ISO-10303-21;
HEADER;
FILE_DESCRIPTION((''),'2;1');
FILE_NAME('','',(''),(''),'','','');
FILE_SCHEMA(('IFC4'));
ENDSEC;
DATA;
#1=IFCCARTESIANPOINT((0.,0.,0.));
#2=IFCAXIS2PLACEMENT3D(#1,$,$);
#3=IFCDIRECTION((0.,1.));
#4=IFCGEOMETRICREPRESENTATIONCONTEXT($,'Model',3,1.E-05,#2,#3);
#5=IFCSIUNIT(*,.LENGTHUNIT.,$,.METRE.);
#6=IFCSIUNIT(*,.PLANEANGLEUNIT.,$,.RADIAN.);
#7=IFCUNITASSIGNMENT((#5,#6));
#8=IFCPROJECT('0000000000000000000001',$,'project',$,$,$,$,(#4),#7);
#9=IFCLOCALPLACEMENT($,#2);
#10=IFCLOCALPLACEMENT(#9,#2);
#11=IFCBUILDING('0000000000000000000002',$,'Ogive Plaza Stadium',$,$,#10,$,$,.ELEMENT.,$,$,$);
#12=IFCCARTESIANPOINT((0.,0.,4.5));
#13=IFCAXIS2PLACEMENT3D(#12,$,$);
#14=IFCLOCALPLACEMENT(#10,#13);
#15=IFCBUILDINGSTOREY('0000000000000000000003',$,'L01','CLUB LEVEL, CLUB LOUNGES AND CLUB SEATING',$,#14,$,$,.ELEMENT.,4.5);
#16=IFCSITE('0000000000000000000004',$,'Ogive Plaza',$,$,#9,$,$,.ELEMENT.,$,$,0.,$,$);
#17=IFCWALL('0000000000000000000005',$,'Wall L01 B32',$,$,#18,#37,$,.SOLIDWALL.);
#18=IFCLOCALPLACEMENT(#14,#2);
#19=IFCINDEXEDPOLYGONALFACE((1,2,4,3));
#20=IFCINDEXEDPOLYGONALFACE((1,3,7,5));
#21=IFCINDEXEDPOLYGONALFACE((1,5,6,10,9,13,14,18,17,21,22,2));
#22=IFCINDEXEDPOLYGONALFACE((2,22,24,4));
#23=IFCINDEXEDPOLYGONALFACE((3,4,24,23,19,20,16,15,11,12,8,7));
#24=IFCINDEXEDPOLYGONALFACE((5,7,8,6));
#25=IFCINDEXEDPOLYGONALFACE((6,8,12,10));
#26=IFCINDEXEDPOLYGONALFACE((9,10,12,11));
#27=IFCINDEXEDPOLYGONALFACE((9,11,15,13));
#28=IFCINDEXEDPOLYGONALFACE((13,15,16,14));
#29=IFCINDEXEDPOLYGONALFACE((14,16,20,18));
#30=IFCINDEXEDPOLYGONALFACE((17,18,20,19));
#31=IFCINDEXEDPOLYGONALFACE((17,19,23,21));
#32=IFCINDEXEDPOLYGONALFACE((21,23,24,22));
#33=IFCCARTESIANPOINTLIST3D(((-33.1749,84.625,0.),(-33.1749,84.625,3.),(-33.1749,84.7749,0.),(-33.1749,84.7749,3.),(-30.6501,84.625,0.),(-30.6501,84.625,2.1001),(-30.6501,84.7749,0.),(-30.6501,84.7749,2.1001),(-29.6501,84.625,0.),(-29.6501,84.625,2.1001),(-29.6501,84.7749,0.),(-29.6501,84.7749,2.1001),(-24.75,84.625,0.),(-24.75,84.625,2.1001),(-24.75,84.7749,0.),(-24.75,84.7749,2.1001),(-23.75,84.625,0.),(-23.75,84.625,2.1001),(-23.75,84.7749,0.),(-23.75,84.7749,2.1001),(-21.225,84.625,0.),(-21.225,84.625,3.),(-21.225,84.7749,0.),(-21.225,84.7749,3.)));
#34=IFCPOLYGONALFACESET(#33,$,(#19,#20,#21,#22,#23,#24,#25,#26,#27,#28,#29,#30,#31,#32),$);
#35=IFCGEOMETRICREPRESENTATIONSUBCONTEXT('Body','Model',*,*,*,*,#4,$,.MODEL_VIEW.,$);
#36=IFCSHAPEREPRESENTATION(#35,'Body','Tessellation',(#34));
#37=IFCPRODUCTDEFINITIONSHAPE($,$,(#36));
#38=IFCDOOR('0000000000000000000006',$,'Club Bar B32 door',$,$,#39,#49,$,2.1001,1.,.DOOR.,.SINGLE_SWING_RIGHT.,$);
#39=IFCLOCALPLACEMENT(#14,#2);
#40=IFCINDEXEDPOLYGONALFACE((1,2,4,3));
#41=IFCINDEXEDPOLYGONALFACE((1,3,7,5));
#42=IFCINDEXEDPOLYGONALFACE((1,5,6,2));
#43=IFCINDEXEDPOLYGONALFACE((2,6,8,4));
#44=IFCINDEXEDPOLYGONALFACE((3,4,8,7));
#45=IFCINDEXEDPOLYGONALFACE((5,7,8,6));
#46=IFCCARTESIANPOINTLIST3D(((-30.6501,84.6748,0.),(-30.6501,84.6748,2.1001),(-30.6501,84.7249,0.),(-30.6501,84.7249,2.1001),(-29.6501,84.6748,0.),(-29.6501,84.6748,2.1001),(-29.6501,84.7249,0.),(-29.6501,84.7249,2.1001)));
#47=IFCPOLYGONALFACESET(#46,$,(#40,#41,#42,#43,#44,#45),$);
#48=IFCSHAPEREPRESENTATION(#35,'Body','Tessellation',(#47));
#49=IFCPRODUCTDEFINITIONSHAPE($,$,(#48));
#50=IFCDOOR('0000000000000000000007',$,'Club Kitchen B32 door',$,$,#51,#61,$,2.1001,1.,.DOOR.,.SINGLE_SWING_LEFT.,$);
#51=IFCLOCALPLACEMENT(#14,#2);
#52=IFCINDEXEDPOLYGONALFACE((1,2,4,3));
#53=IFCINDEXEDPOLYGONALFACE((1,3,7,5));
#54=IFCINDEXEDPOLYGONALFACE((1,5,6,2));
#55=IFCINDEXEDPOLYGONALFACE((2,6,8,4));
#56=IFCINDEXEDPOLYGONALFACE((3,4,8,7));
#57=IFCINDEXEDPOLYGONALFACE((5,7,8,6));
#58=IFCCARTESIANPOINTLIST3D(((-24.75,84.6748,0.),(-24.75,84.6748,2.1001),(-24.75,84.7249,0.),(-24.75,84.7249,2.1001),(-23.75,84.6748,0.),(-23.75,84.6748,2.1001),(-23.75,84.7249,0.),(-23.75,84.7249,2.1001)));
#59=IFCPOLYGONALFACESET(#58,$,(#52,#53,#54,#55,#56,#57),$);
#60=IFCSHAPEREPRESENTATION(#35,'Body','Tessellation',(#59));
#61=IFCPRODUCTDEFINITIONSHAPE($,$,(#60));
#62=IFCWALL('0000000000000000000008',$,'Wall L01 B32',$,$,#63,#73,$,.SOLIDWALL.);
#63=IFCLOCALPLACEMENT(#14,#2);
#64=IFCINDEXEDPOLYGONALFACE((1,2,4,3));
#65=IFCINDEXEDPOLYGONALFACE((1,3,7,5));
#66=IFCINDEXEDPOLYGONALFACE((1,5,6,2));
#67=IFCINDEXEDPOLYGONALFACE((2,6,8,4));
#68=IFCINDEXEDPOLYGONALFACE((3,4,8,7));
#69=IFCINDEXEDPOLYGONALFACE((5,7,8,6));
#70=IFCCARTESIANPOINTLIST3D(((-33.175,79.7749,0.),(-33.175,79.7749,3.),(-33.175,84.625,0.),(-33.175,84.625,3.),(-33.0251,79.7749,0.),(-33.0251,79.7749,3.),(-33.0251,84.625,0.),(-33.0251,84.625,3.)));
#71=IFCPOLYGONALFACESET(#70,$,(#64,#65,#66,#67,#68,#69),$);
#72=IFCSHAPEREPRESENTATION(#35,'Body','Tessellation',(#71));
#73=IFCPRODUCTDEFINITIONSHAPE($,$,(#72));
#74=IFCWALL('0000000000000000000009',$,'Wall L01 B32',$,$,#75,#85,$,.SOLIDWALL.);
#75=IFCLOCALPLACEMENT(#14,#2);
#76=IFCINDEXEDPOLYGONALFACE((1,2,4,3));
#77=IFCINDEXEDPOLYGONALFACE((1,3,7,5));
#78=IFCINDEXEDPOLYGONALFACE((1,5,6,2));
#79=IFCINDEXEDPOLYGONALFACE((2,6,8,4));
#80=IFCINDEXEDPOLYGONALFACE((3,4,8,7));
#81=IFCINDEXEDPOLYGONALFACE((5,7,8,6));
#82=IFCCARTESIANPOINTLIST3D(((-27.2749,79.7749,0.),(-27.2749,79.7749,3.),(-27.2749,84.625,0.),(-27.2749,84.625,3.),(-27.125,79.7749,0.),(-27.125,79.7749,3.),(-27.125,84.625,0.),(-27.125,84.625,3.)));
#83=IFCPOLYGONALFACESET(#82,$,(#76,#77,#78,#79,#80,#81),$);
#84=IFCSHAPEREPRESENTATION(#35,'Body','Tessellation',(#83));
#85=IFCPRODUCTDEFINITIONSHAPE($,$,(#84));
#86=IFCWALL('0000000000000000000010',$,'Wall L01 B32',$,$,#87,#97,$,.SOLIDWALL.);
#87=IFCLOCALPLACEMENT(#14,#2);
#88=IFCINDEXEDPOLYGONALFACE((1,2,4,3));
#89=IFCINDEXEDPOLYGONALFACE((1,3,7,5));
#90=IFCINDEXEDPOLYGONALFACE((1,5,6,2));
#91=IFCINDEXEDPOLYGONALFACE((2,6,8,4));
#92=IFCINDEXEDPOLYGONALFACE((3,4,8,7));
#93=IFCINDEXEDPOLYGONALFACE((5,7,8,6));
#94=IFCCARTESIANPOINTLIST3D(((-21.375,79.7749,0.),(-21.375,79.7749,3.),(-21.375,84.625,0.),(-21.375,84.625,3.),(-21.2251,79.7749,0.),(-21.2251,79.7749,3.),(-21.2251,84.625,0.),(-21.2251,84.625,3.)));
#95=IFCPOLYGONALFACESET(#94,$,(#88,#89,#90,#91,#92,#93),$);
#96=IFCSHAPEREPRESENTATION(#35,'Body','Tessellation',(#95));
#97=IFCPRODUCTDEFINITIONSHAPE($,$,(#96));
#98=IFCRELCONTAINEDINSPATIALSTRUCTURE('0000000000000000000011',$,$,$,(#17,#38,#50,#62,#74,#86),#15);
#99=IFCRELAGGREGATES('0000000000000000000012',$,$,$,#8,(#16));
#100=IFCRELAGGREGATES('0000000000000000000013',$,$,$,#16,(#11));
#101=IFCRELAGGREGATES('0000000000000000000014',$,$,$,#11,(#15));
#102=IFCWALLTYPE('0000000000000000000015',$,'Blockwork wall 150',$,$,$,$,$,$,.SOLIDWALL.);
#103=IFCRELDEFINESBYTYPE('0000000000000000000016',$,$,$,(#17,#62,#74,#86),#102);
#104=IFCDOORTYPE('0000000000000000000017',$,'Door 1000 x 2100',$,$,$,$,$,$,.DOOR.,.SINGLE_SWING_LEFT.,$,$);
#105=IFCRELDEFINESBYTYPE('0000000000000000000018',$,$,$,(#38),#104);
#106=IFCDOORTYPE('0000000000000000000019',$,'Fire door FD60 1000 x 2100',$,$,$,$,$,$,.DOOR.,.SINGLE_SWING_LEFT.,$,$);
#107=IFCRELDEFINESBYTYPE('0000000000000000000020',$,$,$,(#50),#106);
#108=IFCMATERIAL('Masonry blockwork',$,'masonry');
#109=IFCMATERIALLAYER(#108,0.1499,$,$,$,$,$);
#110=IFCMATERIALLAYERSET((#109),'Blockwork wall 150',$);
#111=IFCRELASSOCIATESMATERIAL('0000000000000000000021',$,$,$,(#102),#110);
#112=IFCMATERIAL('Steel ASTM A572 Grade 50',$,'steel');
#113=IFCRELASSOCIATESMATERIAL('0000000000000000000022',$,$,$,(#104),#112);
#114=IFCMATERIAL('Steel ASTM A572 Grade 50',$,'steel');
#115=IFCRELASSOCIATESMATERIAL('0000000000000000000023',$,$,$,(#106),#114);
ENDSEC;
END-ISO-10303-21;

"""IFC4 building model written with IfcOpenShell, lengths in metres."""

from ifc_helpers import new_model, si_unit, direction, frame, frame_2d, origin, place, context, subcontext, project, spatial, rectangle, extrude, material, layer, layer_set, type_object, element, fill, save


model = new_model("IFC4")

# Units and contexts
model_context = context("Model", 3, precision=1e-05, world=origin(), true_north=direction((0.0, 1.0)))
body_context = subcontext(model_context, "Body", "Model", "MODEL_VIEW")
ifc_project = project(units=[si_unit("LENGTHUNIT", "METRE"), si_unit("PLANEANGLEUNIT", "RADIAN")], contexts=[model_context])

# Site, building, storey
site_placement = place(None, origin())
site = spatial("IfcSite", under=ifc_project, at=site_placement, Name="Ogive Plaza", CompositionType="ELEMENT", RefElevation=0.0)
building_placement = place(site_placement, origin())
building = spatial("IfcBuilding", under=site, at=building_placement, Name="Ogive Plaza Stadium", CompositionType="ELEMENT")
storey_placement = place(building_placement, frame((0.0, 0.0, 4.5)))
storey = spatial("IfcBuildingStorey", under=building, at=storey_placement, Name="L01", Description="CLUB LEVEL, CLUB LOUNGES AND CLUB SEATING", CompositionType="ELEMENT", Elevation=4.5)

# Shared definitions
ifc_material_1 = material(Name="Masonry blockwork", Category="masonry")
ifc_layer = layer(ifc_material_1, 0.1499)
ifc_layer_set = layer_set([ifc_layer], Name="Blockwork wall 150")
wall_type = type_object("IfcWallType", Name="Blockwork wall 150", PredefinedType="SOLIDWALL", material=ifc_layer_set)

# Wall, openings, doors
wall_1_placement = place(storey_placement, frame((-33.175, 84.7, 0.0), z_axis=(0.0, 0.0, 1.0), x_axis=(1.0, 0.0, 0.0)))
wall_1 = element("IfcWall", 1, at=wall_1_placement, inside=storey, type_object=wall_type, Name="Wall L01 B32", PredefinedType="SOLIDWALL", context=body_context, shape_type="SweptSolid", body=[
    extrude(rectangle(XDim=11.95, YDim=0.1499, at=frame_2d((5.9751, 0.0))), origin(), (0.0, 0.0, 1.0), 3.0),
])
opening_1_placement = place(wall_1_placement, frame((2.5249, 0.0, 0.0)))
opening_1 = element("IfcOpeningElement", 2, at=opening_1_placement, cuts=wall_1, PredefinedType="OPENING", context=body_context, shape_type="SweptSolid", body=[
    extrude(rectangle(XDim=1.0, YDim=2.1001, at=frame_2d((0.5, 1.05))), frame((0.0, 0.075, 0.0), z_axis=(0.0, -1.0, 0.0), x_axis=(1.0, 0.0, 0.0)), (0.0, 0.0, 1.0), 0.1499),
])
opening_2_placement = place(wall_1_placement, frame((8.425, 0.0, 0.0)))
opening_2 = element("IfcOpeningElement", 3, at=opening_2_placement, cuts=wall_1, PredefinedType="OPENING", context=body_context, shape_type="SweptSolid", body=[
    extrude(rectangle(XDim=1.0, YDim=2.1001, at=frame_2d((0.5, 1.05))), frame((0.0, 0.075, 0.0), z_axis=(0.0, -1.0, 0.0), x_axis=(1.0, 0.0, 0.0)), (0.0, 0.0, 1.0), 0.1499),
])
ifc_material_2 = material(Name="Steel ASTM A572 Grade 50", Category="steel")
door_type_1 = type_object("IfcDoorType", Name="Door 1000 x 2100", OperationType="SINGLE_SWING_LEFT", PredefinedType="DOOR", material=ifc_material_2)
door_1_placement = place(opening_1_placement, origin())
door_1 = element("IfcDoor", 4, at=door_1_placement, inside=storey, type_object=door_type_1, Name="Club Bar B32 door", OperationType="SINGLE_SWING_RIGHT", OverallHeight=2.1001, OverallWidth=1.0, PredefinedType="DOOR", context=body_context, shape_type="SweptSolid", body=[
    extrude(rectangle(XDim=1.0, YDim=2.1001, at=frame_2d((0.5, 1.05))), frame((0.0, 0.0249, 0.0), z_axis=(0.0, -1.0, 0.0), x_axis=(1.0, 0.0, 0.0)), (0.0, 0.0, 1.0), 0.05),
])
fill(opening_1, door_1)
ifc_material_3 = material(Name="Steel ASTM A572 Grade 50", Category="steel")
door_type_2 = type_object("IfcDoorType", Name="Fire door FD60 1000 x 2100", OperationType="SINGLE_SWING_LEFT", PredefinedType="DOOR", material=ifc_material_3)
door_2_placement = place(opening_2_placement, origin())
door_2 = element("IfcDoor", 5, at=door_2_placement, inside=storey, type_object=door_type_2, Name="Club Kitchen B32 door", OperationType="SINGLE_SWING_LEFT", OverallHeight=2.1001, OverallWidth=1.0, PredefinedType="DOOR", context=body_context, shape_type="SweptSolid", body=[
    extrude(rectangle(XDim=1.0, YDim=2.1001, at=frame_2d((0.5, 1.05))), frame((0.0, 0.0249, 0.0), z_axis=(0.0, -1.0, 0.0), x_axis=(1.0, 0.0, 0.0)), (0.0, 0.0, 1.0), 0.05),
])
fill(opening_2, door_2)

# Walls
for number, where, z_axis, x_axis, name in (
    (6, (-33.1001, 79.7749, 0.0), (0.0, 0.0, 1.0), (0.0, 1.0, 0.0), "Wall L01 B32"),
    (7, (-27.2, 79.7749, 0.0), (0.0, 0.0, 1.0), (0.0, 1.0, 0.0), "Wall L01 B32"),
    (8, (-21.3, 79.7749, 0.0), (0.0, 0.0, 1.0), (0.0, 1.0, 0.0), "Wall L01 B32"),
):
    element("IfcWall", number, at=place(storey_placement, frame(where, z_axis=z_axis, x_axis=x_axis)), inside=storey, type_object=wall_type, Name=name, PredefinedType="SOLIDWALL", context=body_context, shape_type="SweptSolid", body=[
        extrude(rectangle(XDim=4.8501, YDim=0.1499, at=frame_2d((2.425, 0.0))), origin(), (0.0, 0.0, 1.0), 3.0),
    ])

save(model, "model.ifc")
